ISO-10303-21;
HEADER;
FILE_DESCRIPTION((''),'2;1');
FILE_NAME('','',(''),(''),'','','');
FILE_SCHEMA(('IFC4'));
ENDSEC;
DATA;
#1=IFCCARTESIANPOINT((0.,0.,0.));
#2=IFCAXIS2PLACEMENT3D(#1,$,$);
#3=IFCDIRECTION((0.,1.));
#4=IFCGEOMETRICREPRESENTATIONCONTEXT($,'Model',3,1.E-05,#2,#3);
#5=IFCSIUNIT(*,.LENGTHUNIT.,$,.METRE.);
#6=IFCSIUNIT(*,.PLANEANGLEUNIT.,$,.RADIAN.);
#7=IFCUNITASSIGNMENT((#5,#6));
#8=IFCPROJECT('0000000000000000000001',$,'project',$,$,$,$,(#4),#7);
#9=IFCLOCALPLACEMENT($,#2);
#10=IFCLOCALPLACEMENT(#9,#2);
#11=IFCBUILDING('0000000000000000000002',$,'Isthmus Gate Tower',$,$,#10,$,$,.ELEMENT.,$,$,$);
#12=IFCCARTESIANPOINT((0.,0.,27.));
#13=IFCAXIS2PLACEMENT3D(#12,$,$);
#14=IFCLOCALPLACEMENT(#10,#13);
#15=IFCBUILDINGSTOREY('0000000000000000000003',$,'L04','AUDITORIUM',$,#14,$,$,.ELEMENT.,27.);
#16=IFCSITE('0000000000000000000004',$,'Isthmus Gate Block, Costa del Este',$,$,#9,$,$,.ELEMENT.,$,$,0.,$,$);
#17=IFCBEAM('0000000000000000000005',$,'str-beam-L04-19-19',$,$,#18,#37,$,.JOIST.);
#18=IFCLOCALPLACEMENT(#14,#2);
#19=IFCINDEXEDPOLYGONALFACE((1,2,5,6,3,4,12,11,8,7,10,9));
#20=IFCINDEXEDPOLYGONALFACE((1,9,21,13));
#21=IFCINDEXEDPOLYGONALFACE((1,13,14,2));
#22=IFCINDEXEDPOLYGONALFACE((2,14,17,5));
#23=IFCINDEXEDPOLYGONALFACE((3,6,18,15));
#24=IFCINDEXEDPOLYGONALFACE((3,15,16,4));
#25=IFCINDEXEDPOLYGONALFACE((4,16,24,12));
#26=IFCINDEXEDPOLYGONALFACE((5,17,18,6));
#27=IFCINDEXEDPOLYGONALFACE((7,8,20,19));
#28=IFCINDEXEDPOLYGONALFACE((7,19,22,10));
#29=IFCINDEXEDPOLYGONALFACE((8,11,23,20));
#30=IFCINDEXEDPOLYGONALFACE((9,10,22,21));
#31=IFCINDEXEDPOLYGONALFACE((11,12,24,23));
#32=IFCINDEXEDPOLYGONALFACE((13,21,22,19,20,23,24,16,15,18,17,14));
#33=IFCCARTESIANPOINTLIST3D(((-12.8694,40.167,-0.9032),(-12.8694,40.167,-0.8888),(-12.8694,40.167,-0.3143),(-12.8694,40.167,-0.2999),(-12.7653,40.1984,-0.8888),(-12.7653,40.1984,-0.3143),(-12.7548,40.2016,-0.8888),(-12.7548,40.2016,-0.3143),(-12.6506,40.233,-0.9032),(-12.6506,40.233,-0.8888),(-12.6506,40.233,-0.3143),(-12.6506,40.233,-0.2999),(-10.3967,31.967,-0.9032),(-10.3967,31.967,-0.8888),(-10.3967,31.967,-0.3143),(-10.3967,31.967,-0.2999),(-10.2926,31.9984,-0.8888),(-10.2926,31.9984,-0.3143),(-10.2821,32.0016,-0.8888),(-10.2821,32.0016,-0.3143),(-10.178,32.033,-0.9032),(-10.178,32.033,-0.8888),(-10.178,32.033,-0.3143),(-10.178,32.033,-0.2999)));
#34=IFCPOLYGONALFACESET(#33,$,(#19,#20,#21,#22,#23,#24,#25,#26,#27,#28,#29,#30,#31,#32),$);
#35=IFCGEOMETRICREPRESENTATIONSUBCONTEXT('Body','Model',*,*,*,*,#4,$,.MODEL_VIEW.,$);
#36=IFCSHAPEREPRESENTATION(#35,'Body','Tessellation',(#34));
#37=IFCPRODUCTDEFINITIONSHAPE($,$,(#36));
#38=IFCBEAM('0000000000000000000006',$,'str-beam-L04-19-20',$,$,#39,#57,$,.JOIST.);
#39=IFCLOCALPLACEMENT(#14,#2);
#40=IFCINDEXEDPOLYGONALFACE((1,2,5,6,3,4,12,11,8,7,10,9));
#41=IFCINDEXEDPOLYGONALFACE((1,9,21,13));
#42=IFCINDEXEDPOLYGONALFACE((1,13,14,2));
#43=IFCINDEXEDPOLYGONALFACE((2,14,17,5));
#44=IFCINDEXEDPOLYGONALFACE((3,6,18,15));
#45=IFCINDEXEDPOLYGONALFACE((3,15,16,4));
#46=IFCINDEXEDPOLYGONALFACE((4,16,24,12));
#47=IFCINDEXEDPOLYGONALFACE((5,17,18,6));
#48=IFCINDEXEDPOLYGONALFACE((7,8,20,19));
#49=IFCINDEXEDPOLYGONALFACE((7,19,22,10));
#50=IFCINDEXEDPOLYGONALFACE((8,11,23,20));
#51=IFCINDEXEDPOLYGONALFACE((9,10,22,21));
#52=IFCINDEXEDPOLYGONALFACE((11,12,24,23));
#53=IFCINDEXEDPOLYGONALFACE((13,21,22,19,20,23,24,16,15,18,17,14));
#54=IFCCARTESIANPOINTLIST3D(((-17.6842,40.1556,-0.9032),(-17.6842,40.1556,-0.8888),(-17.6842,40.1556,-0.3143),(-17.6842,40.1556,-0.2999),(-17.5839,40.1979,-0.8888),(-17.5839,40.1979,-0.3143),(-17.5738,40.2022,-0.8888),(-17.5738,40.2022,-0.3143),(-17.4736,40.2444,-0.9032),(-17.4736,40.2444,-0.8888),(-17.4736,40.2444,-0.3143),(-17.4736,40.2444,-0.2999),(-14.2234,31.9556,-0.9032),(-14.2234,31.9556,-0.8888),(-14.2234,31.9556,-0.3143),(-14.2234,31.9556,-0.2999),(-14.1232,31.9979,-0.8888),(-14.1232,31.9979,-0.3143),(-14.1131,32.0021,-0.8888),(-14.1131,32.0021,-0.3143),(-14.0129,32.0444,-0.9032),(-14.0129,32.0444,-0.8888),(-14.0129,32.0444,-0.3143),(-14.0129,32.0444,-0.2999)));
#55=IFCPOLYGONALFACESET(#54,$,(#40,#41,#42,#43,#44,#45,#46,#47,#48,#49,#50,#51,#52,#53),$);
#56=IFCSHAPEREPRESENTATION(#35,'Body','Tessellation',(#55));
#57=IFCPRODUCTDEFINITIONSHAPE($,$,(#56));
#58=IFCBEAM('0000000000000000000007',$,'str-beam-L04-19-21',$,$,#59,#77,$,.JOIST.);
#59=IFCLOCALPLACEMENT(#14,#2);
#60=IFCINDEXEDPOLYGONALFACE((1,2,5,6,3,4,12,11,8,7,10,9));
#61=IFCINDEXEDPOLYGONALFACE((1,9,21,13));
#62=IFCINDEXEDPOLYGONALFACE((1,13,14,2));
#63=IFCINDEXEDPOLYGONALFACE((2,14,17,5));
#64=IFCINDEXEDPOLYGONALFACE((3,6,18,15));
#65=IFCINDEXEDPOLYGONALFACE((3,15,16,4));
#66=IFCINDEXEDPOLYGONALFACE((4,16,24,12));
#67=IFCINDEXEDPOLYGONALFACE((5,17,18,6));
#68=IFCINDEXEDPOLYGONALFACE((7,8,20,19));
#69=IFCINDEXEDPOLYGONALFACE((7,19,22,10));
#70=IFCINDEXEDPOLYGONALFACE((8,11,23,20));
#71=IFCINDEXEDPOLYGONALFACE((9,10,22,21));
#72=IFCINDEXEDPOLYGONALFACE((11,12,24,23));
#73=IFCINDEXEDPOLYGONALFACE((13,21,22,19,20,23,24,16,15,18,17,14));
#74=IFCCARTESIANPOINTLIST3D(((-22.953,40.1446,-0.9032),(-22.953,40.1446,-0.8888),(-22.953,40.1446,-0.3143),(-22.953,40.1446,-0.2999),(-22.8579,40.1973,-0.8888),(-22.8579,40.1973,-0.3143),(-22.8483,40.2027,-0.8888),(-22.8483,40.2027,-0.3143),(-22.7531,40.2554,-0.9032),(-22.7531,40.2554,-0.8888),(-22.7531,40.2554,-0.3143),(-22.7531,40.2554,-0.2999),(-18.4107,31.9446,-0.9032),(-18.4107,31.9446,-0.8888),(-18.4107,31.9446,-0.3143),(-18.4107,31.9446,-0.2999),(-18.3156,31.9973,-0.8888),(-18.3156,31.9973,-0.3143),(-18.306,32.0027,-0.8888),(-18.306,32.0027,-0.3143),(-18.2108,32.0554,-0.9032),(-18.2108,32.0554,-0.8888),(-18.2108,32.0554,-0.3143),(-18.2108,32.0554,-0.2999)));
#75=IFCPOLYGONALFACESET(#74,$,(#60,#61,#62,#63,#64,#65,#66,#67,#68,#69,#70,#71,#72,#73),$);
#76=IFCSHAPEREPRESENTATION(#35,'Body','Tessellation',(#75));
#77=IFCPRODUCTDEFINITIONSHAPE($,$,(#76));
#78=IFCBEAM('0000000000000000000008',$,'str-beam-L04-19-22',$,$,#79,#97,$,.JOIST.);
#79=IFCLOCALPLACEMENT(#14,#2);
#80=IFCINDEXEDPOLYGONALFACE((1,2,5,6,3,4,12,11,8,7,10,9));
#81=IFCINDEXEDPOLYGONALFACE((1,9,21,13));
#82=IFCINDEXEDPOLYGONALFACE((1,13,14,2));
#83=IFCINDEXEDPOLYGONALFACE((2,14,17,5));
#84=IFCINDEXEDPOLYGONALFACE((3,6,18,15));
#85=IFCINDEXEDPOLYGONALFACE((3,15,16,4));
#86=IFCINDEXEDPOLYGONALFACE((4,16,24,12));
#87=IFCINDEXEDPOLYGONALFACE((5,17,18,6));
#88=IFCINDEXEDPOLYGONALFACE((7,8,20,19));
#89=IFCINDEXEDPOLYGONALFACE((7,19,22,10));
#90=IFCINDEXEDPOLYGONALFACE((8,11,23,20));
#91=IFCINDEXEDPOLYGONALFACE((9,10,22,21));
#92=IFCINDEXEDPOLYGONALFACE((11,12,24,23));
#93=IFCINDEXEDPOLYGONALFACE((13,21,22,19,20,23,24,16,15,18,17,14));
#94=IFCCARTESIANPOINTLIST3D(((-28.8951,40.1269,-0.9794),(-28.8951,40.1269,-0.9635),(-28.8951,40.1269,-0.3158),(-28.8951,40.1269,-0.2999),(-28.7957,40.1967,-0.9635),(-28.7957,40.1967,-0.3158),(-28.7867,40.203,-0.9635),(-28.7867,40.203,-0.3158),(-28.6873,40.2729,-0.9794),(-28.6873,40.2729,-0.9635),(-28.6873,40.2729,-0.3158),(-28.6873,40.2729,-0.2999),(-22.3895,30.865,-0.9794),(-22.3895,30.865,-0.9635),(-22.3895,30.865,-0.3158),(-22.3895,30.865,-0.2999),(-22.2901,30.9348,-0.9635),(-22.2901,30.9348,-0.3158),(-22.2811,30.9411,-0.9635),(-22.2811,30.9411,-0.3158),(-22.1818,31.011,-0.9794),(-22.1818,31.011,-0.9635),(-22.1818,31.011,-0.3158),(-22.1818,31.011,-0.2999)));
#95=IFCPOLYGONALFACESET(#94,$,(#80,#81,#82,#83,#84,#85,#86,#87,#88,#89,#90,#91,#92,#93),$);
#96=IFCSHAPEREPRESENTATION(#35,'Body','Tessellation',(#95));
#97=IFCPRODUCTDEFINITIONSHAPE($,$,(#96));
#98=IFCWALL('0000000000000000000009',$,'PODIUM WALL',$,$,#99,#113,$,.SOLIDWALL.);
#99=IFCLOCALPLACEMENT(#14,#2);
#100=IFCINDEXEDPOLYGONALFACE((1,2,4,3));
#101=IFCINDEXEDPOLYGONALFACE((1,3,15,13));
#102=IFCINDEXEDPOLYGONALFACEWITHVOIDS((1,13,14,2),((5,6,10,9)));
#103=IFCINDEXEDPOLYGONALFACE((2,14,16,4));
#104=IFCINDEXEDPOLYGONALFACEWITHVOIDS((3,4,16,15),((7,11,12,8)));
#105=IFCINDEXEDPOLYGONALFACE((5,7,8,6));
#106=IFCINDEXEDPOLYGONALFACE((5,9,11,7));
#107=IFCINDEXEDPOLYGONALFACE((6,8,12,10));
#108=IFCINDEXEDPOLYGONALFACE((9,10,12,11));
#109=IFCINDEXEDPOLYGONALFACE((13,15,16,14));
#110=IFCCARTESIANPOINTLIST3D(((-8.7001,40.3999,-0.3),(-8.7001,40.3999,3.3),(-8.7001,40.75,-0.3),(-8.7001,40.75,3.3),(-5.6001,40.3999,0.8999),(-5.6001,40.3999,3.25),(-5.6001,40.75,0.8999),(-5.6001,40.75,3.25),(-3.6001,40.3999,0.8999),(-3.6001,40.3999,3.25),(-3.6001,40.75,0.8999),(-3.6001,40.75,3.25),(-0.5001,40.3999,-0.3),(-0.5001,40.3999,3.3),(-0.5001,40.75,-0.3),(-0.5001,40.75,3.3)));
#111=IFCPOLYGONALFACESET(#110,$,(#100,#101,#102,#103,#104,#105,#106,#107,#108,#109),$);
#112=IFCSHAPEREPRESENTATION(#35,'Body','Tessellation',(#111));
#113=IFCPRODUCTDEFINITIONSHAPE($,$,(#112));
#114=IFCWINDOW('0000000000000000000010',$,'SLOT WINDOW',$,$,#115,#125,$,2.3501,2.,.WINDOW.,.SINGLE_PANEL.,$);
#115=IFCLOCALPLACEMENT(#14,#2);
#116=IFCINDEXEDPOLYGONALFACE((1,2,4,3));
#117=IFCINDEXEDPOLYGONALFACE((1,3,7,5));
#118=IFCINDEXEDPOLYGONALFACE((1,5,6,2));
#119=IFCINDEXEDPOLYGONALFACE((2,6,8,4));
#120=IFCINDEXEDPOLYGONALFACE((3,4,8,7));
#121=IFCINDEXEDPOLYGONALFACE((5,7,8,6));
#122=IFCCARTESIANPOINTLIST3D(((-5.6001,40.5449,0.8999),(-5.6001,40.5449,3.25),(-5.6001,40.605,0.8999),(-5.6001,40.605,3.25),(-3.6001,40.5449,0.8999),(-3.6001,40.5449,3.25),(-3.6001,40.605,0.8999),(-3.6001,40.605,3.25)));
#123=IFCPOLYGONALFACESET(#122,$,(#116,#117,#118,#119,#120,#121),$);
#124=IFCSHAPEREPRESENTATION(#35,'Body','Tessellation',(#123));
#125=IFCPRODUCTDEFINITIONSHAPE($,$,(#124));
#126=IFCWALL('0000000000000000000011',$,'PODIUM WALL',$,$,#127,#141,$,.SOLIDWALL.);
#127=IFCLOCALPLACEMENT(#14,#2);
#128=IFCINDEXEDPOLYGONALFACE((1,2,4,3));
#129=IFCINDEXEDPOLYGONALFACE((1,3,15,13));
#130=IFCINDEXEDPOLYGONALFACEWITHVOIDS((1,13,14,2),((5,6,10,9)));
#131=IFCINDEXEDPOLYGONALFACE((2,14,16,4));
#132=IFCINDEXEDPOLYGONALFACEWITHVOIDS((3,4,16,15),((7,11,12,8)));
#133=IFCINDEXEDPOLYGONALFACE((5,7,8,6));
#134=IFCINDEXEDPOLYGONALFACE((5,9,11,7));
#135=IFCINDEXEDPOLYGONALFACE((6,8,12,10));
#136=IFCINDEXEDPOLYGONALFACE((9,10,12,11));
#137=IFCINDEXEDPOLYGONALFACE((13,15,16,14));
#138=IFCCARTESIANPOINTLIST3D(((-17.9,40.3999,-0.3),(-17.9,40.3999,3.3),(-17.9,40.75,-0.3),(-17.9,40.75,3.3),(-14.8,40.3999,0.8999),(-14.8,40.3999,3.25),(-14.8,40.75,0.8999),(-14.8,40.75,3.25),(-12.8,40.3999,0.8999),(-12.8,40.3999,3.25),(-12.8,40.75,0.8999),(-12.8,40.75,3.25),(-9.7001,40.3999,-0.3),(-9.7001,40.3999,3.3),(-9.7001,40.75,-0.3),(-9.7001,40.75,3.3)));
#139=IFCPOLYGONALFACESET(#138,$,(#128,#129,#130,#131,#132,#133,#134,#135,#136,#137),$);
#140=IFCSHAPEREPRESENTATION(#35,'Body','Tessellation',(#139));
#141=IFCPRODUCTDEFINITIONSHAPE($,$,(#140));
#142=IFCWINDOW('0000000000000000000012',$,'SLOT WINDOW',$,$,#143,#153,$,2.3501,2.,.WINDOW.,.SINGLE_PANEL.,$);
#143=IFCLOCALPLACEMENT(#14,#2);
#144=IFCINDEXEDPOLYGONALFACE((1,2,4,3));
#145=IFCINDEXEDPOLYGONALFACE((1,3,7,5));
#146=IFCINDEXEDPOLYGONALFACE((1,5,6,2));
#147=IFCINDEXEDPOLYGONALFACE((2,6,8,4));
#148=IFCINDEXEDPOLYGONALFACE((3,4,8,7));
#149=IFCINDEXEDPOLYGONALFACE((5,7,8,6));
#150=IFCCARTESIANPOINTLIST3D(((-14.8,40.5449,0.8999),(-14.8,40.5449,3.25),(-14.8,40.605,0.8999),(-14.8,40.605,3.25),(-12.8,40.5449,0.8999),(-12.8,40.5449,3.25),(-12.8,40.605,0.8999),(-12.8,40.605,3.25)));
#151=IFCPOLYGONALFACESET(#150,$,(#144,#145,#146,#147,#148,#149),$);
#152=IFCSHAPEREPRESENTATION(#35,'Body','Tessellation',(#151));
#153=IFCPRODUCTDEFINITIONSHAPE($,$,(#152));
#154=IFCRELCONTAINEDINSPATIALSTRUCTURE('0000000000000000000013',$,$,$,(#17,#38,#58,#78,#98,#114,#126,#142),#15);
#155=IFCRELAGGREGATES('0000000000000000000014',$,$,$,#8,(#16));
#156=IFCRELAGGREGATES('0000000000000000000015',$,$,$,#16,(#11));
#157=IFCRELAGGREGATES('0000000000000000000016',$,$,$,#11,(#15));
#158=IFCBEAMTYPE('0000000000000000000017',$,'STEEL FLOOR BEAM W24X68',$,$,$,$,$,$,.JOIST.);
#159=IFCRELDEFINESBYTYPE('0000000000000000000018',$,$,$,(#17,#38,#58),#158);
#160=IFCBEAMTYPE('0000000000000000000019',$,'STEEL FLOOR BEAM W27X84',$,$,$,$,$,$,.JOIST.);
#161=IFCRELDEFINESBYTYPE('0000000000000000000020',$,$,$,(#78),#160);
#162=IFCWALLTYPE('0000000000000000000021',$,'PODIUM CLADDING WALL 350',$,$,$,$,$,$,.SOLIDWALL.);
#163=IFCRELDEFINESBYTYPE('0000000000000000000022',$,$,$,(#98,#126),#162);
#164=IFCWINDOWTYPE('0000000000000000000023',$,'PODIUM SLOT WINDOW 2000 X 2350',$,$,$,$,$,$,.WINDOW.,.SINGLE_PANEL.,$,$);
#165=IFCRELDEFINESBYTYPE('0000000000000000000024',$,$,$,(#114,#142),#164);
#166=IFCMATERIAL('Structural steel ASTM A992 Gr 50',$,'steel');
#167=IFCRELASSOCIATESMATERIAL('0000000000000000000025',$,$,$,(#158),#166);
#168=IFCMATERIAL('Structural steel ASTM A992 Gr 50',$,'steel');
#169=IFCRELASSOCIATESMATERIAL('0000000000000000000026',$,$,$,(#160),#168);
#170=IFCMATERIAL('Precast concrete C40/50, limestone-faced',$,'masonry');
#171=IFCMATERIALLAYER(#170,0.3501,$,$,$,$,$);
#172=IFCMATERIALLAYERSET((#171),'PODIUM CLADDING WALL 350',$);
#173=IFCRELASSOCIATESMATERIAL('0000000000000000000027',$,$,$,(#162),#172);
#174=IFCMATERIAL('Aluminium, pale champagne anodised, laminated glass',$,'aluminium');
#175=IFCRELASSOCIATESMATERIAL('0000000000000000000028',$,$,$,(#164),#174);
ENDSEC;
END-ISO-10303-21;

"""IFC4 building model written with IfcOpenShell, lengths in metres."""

from ifc_helpers import new_model, si_unit, direction, frame, frame_2d, origin, origin_2d, place, context, subcontext, project, spatial, rectangle, i_section, extrude, material, layer, layer_set, material_profile, profile_set, type_object, element, fill, save


model = new_model("IFC4")

# Units and contexts
model_context = context("Model", 3, precision=1e-05, world=origin(), true_north=direction((0.0, 1.0)))
body_context = subcontext(model_context, "Body", "Model", "MODEL_VIEW")
ifc_project = project(units=[si_unit("LENGTHUNIT", "METRE"), si_unit("PLANEANGLEUNIT", "RADIAN")], contexts=[model_context])

# Site, building, storey
site_placement = place(None, origin())
site = spatial("IfcSite", under=ifc_project, at=site_placement, Name="Isthmus Gate Block, Costa del Este", CompositionType="ELEMENT", RefElevation=0.0)
building_placement = place(site_placement, origin())
building = spatial("IfcBuilding", under=site, at=building_placement, Name="Isthmus Gate Tower", CompositionType="ELEMENT")
storey_placement = place(building_placement, frame((0.0, 0.0, 27.0)))
storey = spatial("IfcBuildingStorey", under=building, at=storey_placement, Name="L04", Description="AUDITORIUM", CompositionType="ELEMENT", Elevation=27.0)

# Beams
ifc_material_1 = material(Name="Structural steel ASTM A992 Gr 50", Category="steel")
ifc_material_profile_1 = material_profile(ifc_material_1, i_section(OverallWidth=0.2285, OverallDepth=0.6033, WebThickness=0.011, FlangeThickness=0.0144, at=origin_2d()), Name="W24X68")
ifc_profile_set_1 = profile_set([ifc_material_profile_1], Name="Structural steel ASTM A992 Gr 50")
beam_type_1 = type_object("IfcBeamType", Name="STEEL FLOOR BEAM W24X68", PredefinedType="JOIST", material=ifc_profile_set_1)
beam_1_placement = place(storey_placement, frame((-10.2874, 32.0, -0.6016), z_axis=(-0.288705, 0.957418, 0.0), x_axis=(-0.957418, -0.288705, 0.0)))
element("IfcBeam", 1, at=beam_1_placement, inside=storey, type_object=beam_type_1, Name="str-beam-L04-19-19", PredefinedType="JOIST", context=body_context, shape_type="SweptSolid", body=[
    extrude(i_section(OverallWidth=0.2285, OverallDepth=0.6033, WebThickness=0.011, FlangeThickness=0.0144, at=origin_2d()), origin(), (0.0, 0.0, 1.0), 8.5647),
])
beam_2_placement = place(storey_placement, frame((-14.1182, 32.0, -0.6016), z_axis=(-0.388828, 0.92131, 0.0), x_axis=(-0.92131, -0.388828, 0.0)))
element("IfcBeam", 2, at=beam_2_placement, inside=storey, type_object=beam_type_1, Name="str-beam-L04-19-20", PredefinedType="JOIST", context=body_context, shape_type="SweptSolid", body=[
    extrude(i_section(OverallWidth=0.2285, OverallDepth=0.6033, WebThickness=0.011, FlangeThickness=0.0144, at=origin_2d()), origin(), (0.0, 0.0, 1.0), 8.9004),
])
beam_3_placement = place(storey_placement, frame((-18.3108, 32.0, -0.6016), z_axis=(-0.484559, 0.874759, 0.0), x_axis=(-0.874759, -0.484559, 0.0)))
element("IfcBeam", 3, at=beam_3_placement, inside=storey, type_object=beam_type_1, Name="str-beam-L04-19-21", PredefinedType="JOIST", context=body_context, shape_type="SweptSolid", body=[
    extrude(i_section(OverallWidth=0.2285, OverallDepth=0.6033, WebThickness=0.011, FlangeThickness=0.0144, at=origin_2d()), origin(), (0.0, 0.0, 1.0), 9.374),
])
ifc_material_2 = material(Name="Structural steel ASTM A992 Gr 50", Category="steel")
ifc_material_profile_2 = material_profile(ifc_material_2, i_section(OverallWidth=0.2539, OverallDepth=0.6794, WebThickness=0.011, FlangeThickness=0.0159, at=origin_2d()), Name="W27X84")
ifc_profile_set_2 = profile_set([ifc_material_profile_2], Name="Structural steel ASTM A992 Gr 50")
beam_type_2 = type_object("IfcBeamType", Name="STEEL FLOOR BEAM W27X84", PredefinedType="JOIST", material=ifc_profile_set_2)
beam_4_placement = place(storey_placement, frame((-22.2856, 30.938, -0.6396), z_axis=(-0.57478, 0.818308, 0.0), x_axis=(-0.818308, -0.57478, 0.0)))
element("IfcBeam", 4, at=beam_4_placement, inside=storey, type_object=beam_type_2, Name="str-beam-L04-19-22", PredefinedType="JOIST", context=body_context, shape_type="SweptSolid", body=[
    extrude(i_section(OverallWidth=0.2539, OverallDepth=0.6794, WebThickness=0.011, FlangeThickness=0.0159, at=origin_2d()), origin(), (0.0, 0.0, 1.0), 11.3184),
])

# Walls, openings, windows
ifc_material_3 = material(Name="Precast concrete C40/50, limestone-faced", Category="masonry")
ifc_layer_1 = layer(ifc_material_3, 0.3501)
ifc_layer_set_1 = layer_set([ifc_layer_1], Name="PODIUM CLADDING WALL 350")
wall_type_1 = type_object("IfcWallType", Name="PODIUM CLADDING WALL 350", PredefinedType="SOLIDWALL", material=ifc_layer_set_1)
wall_1_placement = place(storey_placement, frame((-0.5, 40.575, -0.3), z_axis=(0.0, 0.0, 1.0), x_axis=(-1.0, 0.0, 0.0)))
wall_1 = element("IfcWall", 5, at=wall_1_placement, inside=storey, type_object=wall_type_1, Name="PODIUM WALL", PredefinedType="SOLIDWALL", context=body_context, shape_type="SweptSolid", body=[
    extrude(rectangle(XDim=8.2, YDim=0.3501, at=frame_2d((4.1001, 0.0))), origin(), (0.0, 0.0, 1.0), 3.6001),
])
opening_1_placement = place(wall_1_placement, frame((3.1001, 0.0, 1.2)))
opening_1 = element("IfcOpeningElement", 6, at=opening_1_placement, cuts=wall_1, PredefinedType="OPENING", context=body_context, shape_type="SweptSolid", body=[
    extrude(rectangle(XDim=2.0, YDim=2.3501, at=frame_2d((1.0, 1.175))), frame((0.0, 0.1851, 0.0), z_axis=(0.0, -1.0, 0.0), x_axis=(1.0, 0.0, 0.0)), (0.0, 0.0, 1.0), 0.3701),
])
ifc_material_4 = material(Name="Aluminium, pale champagne anodised, laminated glass", Category="aluminium")
window_type = type_object("IfcWindowType", Name="PODIUM SLOT WINDOW 2000 X 2350", PartitioningType="SINGLE_PANEL", PredefinedType="WINDOW", material=ifc_material_4)
window_1_placement = place(opening_1_placement, origin())
window_1 = element("IfcWindow", 7, at=window_1_placement, inside=storey, type_object=window_type, Name="SLOT WINDOW", OverallHeight=2.3501, OverallWidth=2.0, PartitioningType="SINGLE_PANEL", PredefinedType="WINDOW", context=body_context, shape_type="SweptSolid", body=[
    extrude(rectangle(XDim=2.0, YDim=2.3501, at=frame_2d((1.0, 1.175))), frame((0.0, 0.03, 0.0), z_axis=(0.0, -1.0, 0.0), x_axis=(1.0, 0.0, 0.0)), (0.0, 0.0, 1.0), 0.0601),
])
fill(opening_1, window_1)
wall_2_placement = place(storey_placement, frame((-9.7, 40.575, -0.3), z_axis=(0.0, 0.0, 1.0), x_axis=(-1.0, 0.0, 0.0)))
wall_2 = element("IfcWall", 8, at=wall_2_placement, inside=storey, type_object=wall_type_1, Name="PODIUM WALL", PredefinedType="SOLIDWALL", context=body_context, shape_type="SweptSolid", body=[
    extrude(rectangle(XDim=8.2, YDim=0.3501, at=frame_2d((4.1001, 0.0))), origin(), (0.0, 0.0, 1.0), 3.6001),
])
opening_2_placement = place(wall_2_placement, frame((3.1001, 0.0, 1.2)))
opening_2 = element("IfcOpeningElement", 9, at=opening_2_placement, cuts=wall_2, PredefinedType="OPENING", context=body_context, shape_type="SweptSolid", body=[
    extrude(rectangle(XDim=2.0, YDim=2.3501, at=frame_2d((1.0, 1.175))), frame((0.0, 0.1851, 0.0), z_axis=(0.0, -1.0, 0.0), x_axis=(1.0, 0.0, 0.0)), (0.0, 0.0, 1.0), 0.3701),
])
window_2_placement = place(opening_2_placement, origin())
window_2 = element("IfcWindow", 10, at=window_2_placement, inside=storey, type_object=window_type, Name="SLOT WINDOW", OverallHeight=2.3501, OverallWidth=2.0, PartitioningType="SINGLE_PANEL", PredefinedType="WINDOW", context=body_context, shape_type="SweptSolid", body=[
    extrude(rectangle(XDim=2.0, YDim=2.3501, at=frame_2d((1.0, 1.175))), frame((0.0, 0.03, 0.0), z_axis=(0.0, -1.0, 0.0), x_axis=(1.0, 0.0, 0.0)), (0.0, 0.0, 1.0), 0.0601),
])
fill(opening_2, window_2)

save(model, "model.ifc")
